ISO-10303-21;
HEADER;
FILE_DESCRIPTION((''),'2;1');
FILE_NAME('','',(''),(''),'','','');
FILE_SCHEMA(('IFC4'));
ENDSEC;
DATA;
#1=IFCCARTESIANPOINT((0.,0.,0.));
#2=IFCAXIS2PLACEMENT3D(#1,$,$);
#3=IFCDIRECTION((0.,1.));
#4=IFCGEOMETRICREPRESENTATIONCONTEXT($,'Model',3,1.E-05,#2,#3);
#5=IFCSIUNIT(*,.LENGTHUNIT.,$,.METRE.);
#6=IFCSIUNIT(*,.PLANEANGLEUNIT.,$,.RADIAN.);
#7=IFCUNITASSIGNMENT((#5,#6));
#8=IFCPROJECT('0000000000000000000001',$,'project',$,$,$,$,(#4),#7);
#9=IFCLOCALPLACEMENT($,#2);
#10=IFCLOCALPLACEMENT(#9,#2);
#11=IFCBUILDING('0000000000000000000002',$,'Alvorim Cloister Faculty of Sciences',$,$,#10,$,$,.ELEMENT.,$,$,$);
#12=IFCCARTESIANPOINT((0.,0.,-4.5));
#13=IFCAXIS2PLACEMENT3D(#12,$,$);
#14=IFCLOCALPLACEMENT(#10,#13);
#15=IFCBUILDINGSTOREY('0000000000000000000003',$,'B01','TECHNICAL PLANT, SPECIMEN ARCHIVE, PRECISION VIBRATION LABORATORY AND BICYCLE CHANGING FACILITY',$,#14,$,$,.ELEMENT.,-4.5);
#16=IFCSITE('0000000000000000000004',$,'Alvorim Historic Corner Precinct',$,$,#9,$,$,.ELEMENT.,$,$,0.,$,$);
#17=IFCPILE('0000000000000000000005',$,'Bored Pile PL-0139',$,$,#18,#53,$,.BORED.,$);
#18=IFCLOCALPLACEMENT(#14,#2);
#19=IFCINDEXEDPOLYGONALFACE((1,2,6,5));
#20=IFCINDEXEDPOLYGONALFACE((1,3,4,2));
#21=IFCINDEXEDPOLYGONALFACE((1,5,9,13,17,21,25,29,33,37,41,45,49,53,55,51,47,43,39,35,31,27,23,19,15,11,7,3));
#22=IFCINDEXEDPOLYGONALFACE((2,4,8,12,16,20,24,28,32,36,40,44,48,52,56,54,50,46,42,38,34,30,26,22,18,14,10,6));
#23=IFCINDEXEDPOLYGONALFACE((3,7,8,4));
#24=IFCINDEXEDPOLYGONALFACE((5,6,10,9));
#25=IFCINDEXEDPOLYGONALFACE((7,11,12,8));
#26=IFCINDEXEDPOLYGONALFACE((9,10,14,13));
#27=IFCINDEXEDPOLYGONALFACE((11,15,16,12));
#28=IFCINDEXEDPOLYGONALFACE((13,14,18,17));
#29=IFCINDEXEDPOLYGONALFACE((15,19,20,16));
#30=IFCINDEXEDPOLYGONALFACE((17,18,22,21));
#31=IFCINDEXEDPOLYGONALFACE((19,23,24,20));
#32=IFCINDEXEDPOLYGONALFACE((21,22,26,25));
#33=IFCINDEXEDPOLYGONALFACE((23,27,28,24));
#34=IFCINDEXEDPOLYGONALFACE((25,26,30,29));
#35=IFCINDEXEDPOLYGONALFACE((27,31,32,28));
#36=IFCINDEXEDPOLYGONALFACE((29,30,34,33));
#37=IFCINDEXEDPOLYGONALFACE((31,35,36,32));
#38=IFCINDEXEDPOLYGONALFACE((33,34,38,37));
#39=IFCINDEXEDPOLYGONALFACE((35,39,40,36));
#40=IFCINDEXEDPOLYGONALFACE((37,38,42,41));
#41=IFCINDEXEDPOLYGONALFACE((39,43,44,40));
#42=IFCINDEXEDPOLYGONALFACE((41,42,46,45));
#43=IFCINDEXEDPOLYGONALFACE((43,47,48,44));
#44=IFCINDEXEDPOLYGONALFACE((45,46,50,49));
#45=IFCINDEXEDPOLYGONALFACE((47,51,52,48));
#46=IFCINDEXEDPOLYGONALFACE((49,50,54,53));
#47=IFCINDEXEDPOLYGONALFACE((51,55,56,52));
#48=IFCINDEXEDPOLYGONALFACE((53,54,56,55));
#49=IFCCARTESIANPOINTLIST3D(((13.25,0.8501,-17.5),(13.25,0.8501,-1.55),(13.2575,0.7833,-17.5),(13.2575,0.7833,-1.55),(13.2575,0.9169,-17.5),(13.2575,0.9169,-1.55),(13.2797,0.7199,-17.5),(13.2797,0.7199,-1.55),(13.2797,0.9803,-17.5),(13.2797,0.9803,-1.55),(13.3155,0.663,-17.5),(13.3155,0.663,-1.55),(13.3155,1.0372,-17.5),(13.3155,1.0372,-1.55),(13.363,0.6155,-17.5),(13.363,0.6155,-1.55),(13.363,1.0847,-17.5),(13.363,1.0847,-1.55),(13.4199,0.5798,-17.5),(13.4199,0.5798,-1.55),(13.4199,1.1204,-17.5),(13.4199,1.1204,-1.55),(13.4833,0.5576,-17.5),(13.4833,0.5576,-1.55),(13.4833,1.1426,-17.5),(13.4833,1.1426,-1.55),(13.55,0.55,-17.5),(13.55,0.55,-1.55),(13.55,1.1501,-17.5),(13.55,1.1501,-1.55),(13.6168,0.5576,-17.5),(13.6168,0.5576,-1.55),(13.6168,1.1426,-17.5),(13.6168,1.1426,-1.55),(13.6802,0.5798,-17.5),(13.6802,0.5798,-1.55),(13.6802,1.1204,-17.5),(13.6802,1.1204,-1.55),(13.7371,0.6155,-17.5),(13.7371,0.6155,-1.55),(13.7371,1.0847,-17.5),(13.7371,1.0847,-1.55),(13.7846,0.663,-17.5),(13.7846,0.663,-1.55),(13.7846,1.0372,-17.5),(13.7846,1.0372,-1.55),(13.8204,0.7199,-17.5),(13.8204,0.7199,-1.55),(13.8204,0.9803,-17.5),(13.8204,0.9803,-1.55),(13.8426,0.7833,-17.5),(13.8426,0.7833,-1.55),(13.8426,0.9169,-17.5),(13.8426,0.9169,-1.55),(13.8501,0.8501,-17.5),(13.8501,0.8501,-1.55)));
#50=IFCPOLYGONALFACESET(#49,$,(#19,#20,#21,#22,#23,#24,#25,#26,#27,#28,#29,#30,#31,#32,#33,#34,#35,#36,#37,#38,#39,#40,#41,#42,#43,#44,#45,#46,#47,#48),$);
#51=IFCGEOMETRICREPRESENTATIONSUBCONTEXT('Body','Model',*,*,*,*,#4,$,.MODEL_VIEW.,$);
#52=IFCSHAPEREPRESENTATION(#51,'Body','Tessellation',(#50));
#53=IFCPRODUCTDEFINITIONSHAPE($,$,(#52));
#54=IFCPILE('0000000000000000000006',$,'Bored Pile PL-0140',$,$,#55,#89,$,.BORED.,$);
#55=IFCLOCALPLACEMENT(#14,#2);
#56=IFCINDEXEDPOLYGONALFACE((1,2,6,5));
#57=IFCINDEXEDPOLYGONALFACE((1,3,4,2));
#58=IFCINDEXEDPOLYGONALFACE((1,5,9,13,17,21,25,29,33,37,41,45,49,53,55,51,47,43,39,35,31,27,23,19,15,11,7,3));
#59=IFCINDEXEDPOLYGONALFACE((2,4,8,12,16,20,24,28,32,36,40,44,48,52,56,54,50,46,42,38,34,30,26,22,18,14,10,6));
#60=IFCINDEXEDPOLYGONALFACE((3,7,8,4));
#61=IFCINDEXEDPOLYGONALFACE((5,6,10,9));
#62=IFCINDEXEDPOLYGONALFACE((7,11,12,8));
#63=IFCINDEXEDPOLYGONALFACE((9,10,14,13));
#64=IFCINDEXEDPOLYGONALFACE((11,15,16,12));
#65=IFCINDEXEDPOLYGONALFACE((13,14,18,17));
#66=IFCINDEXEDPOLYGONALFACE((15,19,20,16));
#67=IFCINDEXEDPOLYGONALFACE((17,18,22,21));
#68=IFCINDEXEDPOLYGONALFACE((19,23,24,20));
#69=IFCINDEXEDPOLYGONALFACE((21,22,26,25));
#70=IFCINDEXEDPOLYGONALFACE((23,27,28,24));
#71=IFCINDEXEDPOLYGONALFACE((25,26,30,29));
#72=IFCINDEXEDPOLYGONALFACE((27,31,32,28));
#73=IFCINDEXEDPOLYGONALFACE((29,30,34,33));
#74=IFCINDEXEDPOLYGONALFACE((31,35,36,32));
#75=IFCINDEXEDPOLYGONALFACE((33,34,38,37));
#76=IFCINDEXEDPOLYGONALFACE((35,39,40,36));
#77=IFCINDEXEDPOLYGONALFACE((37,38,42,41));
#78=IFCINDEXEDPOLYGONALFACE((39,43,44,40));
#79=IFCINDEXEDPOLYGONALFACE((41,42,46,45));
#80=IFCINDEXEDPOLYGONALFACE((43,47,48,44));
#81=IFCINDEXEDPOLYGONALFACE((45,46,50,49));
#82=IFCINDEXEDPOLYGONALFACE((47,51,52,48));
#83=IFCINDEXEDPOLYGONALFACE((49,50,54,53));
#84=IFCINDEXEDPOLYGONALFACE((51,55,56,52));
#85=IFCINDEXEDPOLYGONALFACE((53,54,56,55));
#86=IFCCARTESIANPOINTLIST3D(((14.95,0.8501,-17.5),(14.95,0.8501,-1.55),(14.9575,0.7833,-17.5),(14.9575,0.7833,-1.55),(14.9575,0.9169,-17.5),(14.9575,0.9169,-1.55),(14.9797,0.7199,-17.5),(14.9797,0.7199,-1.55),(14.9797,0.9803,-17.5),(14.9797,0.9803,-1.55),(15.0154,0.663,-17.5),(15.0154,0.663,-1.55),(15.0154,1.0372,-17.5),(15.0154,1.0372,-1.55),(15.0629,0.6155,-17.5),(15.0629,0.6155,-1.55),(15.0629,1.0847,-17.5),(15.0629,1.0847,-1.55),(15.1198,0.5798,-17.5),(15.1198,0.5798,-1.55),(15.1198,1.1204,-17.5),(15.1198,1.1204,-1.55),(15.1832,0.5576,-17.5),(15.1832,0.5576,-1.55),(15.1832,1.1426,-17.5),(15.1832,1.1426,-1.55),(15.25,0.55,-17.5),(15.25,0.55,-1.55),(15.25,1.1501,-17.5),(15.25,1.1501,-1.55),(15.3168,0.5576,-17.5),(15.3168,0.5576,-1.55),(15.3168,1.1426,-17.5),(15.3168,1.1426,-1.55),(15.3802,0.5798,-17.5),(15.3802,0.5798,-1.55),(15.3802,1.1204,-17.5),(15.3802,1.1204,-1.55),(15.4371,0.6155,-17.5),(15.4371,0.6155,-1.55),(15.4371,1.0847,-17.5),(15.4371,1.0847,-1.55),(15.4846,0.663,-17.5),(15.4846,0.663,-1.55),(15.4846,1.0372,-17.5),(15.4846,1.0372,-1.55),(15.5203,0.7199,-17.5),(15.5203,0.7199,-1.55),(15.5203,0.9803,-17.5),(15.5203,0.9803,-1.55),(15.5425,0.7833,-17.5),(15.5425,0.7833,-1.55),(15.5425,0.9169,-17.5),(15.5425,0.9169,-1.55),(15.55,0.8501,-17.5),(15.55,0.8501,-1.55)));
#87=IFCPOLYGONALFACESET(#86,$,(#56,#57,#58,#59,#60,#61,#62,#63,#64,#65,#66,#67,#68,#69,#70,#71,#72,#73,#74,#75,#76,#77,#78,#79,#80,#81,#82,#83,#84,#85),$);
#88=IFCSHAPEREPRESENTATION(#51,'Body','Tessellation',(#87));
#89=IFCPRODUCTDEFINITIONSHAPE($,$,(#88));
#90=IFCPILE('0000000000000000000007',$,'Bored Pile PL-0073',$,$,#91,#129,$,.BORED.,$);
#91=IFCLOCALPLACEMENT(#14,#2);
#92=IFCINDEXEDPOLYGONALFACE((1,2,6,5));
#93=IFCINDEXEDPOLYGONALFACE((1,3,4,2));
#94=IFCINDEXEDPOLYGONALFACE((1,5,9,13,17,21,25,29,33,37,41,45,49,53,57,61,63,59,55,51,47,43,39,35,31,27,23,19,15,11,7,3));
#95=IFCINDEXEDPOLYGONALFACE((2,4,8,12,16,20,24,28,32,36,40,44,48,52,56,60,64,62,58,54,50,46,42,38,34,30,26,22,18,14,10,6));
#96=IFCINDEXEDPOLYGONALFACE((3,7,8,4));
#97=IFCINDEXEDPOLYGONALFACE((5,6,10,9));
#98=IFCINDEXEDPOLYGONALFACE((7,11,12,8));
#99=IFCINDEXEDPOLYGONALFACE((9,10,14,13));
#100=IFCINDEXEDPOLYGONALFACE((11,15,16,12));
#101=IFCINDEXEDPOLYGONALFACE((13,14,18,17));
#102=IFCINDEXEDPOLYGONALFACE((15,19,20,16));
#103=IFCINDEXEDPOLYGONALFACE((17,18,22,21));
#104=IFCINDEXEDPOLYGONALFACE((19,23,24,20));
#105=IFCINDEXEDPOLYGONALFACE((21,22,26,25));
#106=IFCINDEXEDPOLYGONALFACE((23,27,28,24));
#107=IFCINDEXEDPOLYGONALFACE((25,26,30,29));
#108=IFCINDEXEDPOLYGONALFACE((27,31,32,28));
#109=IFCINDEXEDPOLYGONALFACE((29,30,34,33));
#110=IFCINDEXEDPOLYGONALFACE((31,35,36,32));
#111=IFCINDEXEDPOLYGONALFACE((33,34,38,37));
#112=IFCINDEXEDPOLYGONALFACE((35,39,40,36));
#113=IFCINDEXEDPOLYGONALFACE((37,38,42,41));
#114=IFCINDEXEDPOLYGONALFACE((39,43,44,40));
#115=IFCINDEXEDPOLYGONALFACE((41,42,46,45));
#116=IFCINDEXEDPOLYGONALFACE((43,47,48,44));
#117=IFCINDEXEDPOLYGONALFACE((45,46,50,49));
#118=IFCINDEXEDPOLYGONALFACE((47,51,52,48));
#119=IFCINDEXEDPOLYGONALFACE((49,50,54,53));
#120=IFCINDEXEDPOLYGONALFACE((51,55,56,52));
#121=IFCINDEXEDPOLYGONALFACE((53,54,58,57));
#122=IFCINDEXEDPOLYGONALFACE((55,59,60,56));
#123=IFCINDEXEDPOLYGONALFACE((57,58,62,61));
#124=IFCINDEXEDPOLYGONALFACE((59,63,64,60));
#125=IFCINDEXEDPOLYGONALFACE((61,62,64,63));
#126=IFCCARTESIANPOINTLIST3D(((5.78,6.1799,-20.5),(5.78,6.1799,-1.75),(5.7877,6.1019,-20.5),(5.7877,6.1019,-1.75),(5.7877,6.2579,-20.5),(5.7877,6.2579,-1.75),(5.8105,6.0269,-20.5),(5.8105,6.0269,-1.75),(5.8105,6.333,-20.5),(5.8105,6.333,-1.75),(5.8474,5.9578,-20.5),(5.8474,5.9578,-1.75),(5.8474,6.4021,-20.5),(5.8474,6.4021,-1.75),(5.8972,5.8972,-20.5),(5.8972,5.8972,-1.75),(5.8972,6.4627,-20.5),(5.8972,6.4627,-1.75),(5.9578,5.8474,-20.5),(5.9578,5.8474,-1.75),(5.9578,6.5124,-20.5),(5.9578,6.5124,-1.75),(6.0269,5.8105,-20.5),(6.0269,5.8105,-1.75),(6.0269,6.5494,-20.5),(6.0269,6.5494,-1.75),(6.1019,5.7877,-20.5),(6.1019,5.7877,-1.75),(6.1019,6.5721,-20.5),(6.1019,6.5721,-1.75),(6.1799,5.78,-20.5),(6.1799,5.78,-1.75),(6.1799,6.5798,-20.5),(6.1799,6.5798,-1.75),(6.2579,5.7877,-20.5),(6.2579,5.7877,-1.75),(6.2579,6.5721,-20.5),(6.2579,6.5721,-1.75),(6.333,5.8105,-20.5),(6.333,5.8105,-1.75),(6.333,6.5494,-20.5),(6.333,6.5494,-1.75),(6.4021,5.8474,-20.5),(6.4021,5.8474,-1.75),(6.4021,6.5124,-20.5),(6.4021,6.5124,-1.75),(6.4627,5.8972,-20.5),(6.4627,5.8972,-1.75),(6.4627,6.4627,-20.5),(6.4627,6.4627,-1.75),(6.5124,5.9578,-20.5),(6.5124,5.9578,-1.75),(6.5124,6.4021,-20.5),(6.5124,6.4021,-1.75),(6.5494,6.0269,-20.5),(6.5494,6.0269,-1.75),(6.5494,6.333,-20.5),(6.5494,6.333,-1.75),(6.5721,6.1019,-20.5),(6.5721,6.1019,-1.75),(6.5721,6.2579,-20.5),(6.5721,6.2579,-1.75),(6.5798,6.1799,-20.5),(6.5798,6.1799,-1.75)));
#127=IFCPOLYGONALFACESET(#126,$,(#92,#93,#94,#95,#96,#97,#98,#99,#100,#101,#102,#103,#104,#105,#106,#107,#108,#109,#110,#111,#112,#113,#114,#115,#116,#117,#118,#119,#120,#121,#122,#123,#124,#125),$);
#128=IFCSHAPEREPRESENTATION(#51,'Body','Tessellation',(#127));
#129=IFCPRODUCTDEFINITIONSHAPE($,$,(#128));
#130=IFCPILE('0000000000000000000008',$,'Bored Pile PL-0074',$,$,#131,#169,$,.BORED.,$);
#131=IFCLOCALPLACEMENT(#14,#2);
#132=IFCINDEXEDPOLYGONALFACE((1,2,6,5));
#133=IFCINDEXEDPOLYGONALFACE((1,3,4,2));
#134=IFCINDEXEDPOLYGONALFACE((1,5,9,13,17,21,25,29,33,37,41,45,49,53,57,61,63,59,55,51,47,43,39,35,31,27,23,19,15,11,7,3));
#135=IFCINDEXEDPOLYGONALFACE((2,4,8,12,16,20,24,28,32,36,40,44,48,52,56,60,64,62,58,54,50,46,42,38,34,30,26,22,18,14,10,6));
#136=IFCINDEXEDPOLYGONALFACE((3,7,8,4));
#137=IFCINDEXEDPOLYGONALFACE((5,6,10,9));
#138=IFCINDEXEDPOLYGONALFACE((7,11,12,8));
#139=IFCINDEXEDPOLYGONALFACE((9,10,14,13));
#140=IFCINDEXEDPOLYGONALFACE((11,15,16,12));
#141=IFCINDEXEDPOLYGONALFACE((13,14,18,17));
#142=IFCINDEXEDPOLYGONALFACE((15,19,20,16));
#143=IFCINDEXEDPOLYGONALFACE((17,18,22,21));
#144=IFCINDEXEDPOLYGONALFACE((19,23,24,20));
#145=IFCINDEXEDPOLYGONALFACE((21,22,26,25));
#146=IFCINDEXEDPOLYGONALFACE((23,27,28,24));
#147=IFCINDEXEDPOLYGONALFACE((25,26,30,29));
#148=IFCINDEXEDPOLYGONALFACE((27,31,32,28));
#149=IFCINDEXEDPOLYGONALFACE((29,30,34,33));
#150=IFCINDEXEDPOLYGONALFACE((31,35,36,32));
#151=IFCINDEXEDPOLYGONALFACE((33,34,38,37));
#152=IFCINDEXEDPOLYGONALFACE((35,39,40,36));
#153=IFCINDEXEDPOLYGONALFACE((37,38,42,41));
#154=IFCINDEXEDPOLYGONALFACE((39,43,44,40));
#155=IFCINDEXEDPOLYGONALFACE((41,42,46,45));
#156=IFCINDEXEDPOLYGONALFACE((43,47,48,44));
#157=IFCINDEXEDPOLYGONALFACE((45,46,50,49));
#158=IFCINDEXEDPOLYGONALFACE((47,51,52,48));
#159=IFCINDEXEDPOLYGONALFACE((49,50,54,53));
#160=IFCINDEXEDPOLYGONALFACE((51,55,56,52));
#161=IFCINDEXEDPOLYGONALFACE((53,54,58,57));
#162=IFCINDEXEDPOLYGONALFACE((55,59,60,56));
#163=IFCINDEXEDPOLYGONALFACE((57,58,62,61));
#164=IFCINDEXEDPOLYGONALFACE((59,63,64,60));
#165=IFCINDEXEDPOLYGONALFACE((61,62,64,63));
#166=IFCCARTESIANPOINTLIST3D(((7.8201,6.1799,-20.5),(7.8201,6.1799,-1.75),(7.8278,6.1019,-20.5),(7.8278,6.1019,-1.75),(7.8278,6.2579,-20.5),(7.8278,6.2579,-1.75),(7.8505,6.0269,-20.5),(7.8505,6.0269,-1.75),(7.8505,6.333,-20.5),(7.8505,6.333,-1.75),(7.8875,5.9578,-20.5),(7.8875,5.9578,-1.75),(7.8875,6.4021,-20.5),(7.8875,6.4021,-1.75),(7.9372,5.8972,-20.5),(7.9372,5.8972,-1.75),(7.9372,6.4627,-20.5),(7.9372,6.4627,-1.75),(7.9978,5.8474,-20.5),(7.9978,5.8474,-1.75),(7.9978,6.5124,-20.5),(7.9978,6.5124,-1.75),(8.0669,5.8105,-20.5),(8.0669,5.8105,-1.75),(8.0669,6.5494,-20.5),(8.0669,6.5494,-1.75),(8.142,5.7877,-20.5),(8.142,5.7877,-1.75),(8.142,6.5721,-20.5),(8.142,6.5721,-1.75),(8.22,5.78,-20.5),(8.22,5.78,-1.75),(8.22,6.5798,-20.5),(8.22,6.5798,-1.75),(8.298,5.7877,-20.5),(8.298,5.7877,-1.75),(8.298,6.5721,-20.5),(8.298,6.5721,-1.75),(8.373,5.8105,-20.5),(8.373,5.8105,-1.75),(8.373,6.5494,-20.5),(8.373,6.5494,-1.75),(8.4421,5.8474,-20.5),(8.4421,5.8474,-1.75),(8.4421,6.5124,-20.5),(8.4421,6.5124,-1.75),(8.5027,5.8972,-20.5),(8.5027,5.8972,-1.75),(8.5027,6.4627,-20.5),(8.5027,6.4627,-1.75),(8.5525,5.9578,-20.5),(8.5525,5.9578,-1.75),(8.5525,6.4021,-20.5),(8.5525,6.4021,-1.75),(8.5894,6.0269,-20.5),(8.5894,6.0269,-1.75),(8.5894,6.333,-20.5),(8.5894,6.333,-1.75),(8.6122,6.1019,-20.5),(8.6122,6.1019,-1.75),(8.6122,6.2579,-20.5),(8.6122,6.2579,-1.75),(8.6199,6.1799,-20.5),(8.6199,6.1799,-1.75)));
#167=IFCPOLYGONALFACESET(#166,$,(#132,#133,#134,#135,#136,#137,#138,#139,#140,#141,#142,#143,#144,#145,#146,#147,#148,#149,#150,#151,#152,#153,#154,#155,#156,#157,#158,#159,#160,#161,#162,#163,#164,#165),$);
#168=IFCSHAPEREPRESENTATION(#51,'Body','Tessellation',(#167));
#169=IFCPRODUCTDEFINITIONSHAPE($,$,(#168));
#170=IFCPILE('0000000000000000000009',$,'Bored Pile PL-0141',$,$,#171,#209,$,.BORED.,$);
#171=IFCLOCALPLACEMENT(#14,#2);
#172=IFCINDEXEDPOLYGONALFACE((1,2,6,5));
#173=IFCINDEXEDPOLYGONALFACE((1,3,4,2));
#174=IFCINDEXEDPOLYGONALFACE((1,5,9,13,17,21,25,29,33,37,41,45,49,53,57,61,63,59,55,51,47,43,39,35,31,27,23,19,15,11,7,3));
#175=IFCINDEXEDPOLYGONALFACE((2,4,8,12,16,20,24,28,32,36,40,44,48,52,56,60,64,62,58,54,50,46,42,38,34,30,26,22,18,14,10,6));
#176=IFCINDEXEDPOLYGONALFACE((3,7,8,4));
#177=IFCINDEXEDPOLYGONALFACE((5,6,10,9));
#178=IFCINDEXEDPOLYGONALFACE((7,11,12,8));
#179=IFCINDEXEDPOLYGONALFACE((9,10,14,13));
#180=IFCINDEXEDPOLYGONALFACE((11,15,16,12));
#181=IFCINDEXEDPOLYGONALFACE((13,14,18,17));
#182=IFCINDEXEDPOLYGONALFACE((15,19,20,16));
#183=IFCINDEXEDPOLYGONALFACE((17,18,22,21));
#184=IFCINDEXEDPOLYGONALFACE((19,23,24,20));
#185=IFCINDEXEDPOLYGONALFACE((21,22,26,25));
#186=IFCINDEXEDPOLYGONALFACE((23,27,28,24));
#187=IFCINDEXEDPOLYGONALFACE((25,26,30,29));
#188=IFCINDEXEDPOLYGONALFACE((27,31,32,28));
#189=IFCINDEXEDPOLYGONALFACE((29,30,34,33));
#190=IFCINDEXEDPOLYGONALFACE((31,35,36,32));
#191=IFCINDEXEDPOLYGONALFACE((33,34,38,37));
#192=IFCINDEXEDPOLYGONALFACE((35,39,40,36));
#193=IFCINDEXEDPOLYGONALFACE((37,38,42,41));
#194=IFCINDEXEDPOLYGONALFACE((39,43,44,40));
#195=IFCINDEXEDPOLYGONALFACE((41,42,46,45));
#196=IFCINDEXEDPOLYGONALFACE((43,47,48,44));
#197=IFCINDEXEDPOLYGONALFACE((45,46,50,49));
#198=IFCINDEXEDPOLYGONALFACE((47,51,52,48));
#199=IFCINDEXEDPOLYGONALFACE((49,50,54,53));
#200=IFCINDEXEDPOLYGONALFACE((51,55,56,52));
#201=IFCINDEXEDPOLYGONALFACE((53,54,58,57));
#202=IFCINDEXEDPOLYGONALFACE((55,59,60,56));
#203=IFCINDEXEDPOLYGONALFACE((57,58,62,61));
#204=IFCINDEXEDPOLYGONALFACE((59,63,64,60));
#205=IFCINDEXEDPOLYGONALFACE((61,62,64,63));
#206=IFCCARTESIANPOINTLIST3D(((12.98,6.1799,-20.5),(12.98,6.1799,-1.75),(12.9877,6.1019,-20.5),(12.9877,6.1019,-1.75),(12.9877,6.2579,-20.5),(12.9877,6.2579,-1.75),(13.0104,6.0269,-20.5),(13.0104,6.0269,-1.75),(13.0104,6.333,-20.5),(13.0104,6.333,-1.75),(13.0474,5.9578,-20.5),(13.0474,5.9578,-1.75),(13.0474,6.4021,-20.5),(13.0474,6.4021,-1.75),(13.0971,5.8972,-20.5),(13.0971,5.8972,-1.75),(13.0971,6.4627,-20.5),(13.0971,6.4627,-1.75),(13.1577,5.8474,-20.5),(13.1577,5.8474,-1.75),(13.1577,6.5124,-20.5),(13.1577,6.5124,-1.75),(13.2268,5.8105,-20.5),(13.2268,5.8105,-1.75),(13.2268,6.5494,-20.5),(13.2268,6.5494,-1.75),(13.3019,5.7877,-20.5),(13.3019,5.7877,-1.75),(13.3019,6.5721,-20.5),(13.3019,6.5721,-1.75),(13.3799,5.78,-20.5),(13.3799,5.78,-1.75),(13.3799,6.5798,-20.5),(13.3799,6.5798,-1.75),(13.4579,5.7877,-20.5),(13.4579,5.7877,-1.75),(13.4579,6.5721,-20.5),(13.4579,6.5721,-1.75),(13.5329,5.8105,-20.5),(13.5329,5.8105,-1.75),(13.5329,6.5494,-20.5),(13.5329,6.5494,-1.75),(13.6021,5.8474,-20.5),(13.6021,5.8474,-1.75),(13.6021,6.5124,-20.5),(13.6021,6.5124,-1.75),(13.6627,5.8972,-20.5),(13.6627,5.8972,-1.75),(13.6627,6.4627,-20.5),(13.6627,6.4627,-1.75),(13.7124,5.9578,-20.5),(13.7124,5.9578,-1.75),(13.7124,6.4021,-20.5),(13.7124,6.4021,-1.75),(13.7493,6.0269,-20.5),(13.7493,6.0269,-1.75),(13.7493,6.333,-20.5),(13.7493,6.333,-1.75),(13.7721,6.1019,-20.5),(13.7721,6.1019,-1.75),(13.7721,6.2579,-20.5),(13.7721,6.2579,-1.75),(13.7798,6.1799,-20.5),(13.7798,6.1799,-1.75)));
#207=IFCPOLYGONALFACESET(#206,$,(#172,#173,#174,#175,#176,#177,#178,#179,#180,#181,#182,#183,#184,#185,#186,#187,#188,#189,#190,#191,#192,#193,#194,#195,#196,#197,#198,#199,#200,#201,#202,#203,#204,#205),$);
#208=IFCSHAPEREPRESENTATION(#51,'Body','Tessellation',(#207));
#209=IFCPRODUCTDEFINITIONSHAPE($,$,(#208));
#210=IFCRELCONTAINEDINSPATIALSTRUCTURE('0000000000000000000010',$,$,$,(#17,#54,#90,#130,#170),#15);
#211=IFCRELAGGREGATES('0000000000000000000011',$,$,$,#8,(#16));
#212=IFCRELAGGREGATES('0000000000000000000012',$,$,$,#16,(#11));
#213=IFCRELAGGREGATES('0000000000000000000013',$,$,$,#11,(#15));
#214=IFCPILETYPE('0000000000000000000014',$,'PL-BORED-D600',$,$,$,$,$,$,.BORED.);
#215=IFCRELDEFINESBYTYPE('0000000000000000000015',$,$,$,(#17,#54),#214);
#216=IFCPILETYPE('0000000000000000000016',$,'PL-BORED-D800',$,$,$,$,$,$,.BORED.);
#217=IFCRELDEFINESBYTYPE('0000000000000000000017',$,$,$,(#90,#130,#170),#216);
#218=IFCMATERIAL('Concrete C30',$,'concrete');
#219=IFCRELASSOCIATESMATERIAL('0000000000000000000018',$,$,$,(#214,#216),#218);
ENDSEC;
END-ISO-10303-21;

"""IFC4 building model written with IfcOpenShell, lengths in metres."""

from ifc_helpers import new_model, si_unit, direction, frame, origin, origin_2d, place, context, subcontext, project, spatial, circle, extrude, material, material_profile, profile_set, type_object, element, save


model = new_model("IFC4")

# Units and contexts
model_context = context("Model", 3, precision=1e-05, world=origin(), true_north=direction((0.0, 1.0)))
body_context = subcontext(model_context, "Body", "Model", "MODEL_VIEW")
ifc_project = project(units=[si_unit("LENGTHUNIT", "METRE"), si_unit("PLANEANGLEUNIT", "RADIAN")], contexts=[model_context])

# Site, building, storey
site_placement = place(None, origin())
site = spatial("IfcSite", under=ifc_project, at=site_placement, Name="Alvorim Historic Corner Precinct", CompositionType="ELEMENT", RefElevation=0.0)
building_placement = place(site_placement, origin())
building = spatial("IfcBuilding", under=site, at=building_placement, Name="Alvorim Cloister Faculty of Sciences", CompositionType="ELEMENT")
storey_placement = place(building_placement, frame((0.0, 0.0, -4.5)))
storey = spatial("IfcBuildingStorey", under=building, at=storey_placement, Name="B01", Description="TECHNICAL PLANT, SPECIMEN ARCHIVE, PRECISION VIBRATION LABORATORY AND BICYCLE CHANGING FACILITY", CompositionType="ELEMENT", Elevation=-4.5)

# Piles
ifc_material_1 = material(Name="Concrete C30", Category="concrete")
ifc_material_profile_1 = material_profile(ifc_material_1, circle(Radius=0.3, at=origin_2d()), Name="PILE-D600")
ifc_profile_set_1 = profile_set([ifc_material_profile_1], Name="Concrete C30")
pile_type_1 = type_object("IfcPileType", Name="PL-BORED-D600", PredefinedType="BORED", material=ifc_profile_set_1)
for number, where, z_axis, x_axis, name in (
    (1, (13.55, 0.8501, -1.55), (0.0, 0.0, -1.0), (1.0, 0.0, 0.0), "Bored Pile PL-0139"),
    (2, (15.25, 0.8501, -1.55), (0.0, 0.0, -1.0), (1.0, 0.0, 0.0), "Bored Pile PL-0140"),
):
    element("IfcPile", number, at=place(storey_placement, frame(where, z_axis=z_axis, x_axis=x_axis)), inside=storey, type_object=pile_type_1, Name=name, PredefinedType="BORED", context=body_context, shape_type="SweptSolid", body=[
        extrude(circle(Radius=0.3, at=origin_2d()), origin(), (0.0, 0.0, 1.0), 15.95),
    ])
ifc_material_profile_2 = material_profile(ifc_material_1, circle(Radius=0.3999, at=origin_2d()), Name="PILE-D800")
ifc_profile_set_2 = profile_set([ifc_material_profile_2], Name="Concrete C30")
pile_type_2 = type_object("IfcPileType", Name="PL-BORED-D800", PredefinedType="BORED", material=ifc_profile_set_2)
for number, where, z_axis, x_axis, name in (
    (3, (6.1799, 6.1799, -1.75), (0.0, 0.0, -1.0), (1.0, 0.0, 0.0), "Bored Pile PL-0073"),
    (4, (8.22, 6.1799, -1.75), (0.0, 0.0, -1.0), (1.0, 0.0, 0.0), "Bored Pile PL-0074"),
    (5, (13.3799, 6.1799, -1.75), (0.0, 0.0, -1.0), (1.0, 0.0, 0.0), "Bored Pile PL-0141"),
):
    element("IfcPile", number, at=place(storey_placement, frame(where, z_axis=z_axis, x_axis=x_axis)), inside=storey, type_object=pile_type_2, Name=name, PredefinedType="BORED", context=body_context, shape_type="SweptSolid", body=[
        extrude(circle(Radius=0.3999, at=origin_2d()), origin(), (0.0, 0.0, 1.0), 18.75),
    ])

save(model, "model.ifc")
